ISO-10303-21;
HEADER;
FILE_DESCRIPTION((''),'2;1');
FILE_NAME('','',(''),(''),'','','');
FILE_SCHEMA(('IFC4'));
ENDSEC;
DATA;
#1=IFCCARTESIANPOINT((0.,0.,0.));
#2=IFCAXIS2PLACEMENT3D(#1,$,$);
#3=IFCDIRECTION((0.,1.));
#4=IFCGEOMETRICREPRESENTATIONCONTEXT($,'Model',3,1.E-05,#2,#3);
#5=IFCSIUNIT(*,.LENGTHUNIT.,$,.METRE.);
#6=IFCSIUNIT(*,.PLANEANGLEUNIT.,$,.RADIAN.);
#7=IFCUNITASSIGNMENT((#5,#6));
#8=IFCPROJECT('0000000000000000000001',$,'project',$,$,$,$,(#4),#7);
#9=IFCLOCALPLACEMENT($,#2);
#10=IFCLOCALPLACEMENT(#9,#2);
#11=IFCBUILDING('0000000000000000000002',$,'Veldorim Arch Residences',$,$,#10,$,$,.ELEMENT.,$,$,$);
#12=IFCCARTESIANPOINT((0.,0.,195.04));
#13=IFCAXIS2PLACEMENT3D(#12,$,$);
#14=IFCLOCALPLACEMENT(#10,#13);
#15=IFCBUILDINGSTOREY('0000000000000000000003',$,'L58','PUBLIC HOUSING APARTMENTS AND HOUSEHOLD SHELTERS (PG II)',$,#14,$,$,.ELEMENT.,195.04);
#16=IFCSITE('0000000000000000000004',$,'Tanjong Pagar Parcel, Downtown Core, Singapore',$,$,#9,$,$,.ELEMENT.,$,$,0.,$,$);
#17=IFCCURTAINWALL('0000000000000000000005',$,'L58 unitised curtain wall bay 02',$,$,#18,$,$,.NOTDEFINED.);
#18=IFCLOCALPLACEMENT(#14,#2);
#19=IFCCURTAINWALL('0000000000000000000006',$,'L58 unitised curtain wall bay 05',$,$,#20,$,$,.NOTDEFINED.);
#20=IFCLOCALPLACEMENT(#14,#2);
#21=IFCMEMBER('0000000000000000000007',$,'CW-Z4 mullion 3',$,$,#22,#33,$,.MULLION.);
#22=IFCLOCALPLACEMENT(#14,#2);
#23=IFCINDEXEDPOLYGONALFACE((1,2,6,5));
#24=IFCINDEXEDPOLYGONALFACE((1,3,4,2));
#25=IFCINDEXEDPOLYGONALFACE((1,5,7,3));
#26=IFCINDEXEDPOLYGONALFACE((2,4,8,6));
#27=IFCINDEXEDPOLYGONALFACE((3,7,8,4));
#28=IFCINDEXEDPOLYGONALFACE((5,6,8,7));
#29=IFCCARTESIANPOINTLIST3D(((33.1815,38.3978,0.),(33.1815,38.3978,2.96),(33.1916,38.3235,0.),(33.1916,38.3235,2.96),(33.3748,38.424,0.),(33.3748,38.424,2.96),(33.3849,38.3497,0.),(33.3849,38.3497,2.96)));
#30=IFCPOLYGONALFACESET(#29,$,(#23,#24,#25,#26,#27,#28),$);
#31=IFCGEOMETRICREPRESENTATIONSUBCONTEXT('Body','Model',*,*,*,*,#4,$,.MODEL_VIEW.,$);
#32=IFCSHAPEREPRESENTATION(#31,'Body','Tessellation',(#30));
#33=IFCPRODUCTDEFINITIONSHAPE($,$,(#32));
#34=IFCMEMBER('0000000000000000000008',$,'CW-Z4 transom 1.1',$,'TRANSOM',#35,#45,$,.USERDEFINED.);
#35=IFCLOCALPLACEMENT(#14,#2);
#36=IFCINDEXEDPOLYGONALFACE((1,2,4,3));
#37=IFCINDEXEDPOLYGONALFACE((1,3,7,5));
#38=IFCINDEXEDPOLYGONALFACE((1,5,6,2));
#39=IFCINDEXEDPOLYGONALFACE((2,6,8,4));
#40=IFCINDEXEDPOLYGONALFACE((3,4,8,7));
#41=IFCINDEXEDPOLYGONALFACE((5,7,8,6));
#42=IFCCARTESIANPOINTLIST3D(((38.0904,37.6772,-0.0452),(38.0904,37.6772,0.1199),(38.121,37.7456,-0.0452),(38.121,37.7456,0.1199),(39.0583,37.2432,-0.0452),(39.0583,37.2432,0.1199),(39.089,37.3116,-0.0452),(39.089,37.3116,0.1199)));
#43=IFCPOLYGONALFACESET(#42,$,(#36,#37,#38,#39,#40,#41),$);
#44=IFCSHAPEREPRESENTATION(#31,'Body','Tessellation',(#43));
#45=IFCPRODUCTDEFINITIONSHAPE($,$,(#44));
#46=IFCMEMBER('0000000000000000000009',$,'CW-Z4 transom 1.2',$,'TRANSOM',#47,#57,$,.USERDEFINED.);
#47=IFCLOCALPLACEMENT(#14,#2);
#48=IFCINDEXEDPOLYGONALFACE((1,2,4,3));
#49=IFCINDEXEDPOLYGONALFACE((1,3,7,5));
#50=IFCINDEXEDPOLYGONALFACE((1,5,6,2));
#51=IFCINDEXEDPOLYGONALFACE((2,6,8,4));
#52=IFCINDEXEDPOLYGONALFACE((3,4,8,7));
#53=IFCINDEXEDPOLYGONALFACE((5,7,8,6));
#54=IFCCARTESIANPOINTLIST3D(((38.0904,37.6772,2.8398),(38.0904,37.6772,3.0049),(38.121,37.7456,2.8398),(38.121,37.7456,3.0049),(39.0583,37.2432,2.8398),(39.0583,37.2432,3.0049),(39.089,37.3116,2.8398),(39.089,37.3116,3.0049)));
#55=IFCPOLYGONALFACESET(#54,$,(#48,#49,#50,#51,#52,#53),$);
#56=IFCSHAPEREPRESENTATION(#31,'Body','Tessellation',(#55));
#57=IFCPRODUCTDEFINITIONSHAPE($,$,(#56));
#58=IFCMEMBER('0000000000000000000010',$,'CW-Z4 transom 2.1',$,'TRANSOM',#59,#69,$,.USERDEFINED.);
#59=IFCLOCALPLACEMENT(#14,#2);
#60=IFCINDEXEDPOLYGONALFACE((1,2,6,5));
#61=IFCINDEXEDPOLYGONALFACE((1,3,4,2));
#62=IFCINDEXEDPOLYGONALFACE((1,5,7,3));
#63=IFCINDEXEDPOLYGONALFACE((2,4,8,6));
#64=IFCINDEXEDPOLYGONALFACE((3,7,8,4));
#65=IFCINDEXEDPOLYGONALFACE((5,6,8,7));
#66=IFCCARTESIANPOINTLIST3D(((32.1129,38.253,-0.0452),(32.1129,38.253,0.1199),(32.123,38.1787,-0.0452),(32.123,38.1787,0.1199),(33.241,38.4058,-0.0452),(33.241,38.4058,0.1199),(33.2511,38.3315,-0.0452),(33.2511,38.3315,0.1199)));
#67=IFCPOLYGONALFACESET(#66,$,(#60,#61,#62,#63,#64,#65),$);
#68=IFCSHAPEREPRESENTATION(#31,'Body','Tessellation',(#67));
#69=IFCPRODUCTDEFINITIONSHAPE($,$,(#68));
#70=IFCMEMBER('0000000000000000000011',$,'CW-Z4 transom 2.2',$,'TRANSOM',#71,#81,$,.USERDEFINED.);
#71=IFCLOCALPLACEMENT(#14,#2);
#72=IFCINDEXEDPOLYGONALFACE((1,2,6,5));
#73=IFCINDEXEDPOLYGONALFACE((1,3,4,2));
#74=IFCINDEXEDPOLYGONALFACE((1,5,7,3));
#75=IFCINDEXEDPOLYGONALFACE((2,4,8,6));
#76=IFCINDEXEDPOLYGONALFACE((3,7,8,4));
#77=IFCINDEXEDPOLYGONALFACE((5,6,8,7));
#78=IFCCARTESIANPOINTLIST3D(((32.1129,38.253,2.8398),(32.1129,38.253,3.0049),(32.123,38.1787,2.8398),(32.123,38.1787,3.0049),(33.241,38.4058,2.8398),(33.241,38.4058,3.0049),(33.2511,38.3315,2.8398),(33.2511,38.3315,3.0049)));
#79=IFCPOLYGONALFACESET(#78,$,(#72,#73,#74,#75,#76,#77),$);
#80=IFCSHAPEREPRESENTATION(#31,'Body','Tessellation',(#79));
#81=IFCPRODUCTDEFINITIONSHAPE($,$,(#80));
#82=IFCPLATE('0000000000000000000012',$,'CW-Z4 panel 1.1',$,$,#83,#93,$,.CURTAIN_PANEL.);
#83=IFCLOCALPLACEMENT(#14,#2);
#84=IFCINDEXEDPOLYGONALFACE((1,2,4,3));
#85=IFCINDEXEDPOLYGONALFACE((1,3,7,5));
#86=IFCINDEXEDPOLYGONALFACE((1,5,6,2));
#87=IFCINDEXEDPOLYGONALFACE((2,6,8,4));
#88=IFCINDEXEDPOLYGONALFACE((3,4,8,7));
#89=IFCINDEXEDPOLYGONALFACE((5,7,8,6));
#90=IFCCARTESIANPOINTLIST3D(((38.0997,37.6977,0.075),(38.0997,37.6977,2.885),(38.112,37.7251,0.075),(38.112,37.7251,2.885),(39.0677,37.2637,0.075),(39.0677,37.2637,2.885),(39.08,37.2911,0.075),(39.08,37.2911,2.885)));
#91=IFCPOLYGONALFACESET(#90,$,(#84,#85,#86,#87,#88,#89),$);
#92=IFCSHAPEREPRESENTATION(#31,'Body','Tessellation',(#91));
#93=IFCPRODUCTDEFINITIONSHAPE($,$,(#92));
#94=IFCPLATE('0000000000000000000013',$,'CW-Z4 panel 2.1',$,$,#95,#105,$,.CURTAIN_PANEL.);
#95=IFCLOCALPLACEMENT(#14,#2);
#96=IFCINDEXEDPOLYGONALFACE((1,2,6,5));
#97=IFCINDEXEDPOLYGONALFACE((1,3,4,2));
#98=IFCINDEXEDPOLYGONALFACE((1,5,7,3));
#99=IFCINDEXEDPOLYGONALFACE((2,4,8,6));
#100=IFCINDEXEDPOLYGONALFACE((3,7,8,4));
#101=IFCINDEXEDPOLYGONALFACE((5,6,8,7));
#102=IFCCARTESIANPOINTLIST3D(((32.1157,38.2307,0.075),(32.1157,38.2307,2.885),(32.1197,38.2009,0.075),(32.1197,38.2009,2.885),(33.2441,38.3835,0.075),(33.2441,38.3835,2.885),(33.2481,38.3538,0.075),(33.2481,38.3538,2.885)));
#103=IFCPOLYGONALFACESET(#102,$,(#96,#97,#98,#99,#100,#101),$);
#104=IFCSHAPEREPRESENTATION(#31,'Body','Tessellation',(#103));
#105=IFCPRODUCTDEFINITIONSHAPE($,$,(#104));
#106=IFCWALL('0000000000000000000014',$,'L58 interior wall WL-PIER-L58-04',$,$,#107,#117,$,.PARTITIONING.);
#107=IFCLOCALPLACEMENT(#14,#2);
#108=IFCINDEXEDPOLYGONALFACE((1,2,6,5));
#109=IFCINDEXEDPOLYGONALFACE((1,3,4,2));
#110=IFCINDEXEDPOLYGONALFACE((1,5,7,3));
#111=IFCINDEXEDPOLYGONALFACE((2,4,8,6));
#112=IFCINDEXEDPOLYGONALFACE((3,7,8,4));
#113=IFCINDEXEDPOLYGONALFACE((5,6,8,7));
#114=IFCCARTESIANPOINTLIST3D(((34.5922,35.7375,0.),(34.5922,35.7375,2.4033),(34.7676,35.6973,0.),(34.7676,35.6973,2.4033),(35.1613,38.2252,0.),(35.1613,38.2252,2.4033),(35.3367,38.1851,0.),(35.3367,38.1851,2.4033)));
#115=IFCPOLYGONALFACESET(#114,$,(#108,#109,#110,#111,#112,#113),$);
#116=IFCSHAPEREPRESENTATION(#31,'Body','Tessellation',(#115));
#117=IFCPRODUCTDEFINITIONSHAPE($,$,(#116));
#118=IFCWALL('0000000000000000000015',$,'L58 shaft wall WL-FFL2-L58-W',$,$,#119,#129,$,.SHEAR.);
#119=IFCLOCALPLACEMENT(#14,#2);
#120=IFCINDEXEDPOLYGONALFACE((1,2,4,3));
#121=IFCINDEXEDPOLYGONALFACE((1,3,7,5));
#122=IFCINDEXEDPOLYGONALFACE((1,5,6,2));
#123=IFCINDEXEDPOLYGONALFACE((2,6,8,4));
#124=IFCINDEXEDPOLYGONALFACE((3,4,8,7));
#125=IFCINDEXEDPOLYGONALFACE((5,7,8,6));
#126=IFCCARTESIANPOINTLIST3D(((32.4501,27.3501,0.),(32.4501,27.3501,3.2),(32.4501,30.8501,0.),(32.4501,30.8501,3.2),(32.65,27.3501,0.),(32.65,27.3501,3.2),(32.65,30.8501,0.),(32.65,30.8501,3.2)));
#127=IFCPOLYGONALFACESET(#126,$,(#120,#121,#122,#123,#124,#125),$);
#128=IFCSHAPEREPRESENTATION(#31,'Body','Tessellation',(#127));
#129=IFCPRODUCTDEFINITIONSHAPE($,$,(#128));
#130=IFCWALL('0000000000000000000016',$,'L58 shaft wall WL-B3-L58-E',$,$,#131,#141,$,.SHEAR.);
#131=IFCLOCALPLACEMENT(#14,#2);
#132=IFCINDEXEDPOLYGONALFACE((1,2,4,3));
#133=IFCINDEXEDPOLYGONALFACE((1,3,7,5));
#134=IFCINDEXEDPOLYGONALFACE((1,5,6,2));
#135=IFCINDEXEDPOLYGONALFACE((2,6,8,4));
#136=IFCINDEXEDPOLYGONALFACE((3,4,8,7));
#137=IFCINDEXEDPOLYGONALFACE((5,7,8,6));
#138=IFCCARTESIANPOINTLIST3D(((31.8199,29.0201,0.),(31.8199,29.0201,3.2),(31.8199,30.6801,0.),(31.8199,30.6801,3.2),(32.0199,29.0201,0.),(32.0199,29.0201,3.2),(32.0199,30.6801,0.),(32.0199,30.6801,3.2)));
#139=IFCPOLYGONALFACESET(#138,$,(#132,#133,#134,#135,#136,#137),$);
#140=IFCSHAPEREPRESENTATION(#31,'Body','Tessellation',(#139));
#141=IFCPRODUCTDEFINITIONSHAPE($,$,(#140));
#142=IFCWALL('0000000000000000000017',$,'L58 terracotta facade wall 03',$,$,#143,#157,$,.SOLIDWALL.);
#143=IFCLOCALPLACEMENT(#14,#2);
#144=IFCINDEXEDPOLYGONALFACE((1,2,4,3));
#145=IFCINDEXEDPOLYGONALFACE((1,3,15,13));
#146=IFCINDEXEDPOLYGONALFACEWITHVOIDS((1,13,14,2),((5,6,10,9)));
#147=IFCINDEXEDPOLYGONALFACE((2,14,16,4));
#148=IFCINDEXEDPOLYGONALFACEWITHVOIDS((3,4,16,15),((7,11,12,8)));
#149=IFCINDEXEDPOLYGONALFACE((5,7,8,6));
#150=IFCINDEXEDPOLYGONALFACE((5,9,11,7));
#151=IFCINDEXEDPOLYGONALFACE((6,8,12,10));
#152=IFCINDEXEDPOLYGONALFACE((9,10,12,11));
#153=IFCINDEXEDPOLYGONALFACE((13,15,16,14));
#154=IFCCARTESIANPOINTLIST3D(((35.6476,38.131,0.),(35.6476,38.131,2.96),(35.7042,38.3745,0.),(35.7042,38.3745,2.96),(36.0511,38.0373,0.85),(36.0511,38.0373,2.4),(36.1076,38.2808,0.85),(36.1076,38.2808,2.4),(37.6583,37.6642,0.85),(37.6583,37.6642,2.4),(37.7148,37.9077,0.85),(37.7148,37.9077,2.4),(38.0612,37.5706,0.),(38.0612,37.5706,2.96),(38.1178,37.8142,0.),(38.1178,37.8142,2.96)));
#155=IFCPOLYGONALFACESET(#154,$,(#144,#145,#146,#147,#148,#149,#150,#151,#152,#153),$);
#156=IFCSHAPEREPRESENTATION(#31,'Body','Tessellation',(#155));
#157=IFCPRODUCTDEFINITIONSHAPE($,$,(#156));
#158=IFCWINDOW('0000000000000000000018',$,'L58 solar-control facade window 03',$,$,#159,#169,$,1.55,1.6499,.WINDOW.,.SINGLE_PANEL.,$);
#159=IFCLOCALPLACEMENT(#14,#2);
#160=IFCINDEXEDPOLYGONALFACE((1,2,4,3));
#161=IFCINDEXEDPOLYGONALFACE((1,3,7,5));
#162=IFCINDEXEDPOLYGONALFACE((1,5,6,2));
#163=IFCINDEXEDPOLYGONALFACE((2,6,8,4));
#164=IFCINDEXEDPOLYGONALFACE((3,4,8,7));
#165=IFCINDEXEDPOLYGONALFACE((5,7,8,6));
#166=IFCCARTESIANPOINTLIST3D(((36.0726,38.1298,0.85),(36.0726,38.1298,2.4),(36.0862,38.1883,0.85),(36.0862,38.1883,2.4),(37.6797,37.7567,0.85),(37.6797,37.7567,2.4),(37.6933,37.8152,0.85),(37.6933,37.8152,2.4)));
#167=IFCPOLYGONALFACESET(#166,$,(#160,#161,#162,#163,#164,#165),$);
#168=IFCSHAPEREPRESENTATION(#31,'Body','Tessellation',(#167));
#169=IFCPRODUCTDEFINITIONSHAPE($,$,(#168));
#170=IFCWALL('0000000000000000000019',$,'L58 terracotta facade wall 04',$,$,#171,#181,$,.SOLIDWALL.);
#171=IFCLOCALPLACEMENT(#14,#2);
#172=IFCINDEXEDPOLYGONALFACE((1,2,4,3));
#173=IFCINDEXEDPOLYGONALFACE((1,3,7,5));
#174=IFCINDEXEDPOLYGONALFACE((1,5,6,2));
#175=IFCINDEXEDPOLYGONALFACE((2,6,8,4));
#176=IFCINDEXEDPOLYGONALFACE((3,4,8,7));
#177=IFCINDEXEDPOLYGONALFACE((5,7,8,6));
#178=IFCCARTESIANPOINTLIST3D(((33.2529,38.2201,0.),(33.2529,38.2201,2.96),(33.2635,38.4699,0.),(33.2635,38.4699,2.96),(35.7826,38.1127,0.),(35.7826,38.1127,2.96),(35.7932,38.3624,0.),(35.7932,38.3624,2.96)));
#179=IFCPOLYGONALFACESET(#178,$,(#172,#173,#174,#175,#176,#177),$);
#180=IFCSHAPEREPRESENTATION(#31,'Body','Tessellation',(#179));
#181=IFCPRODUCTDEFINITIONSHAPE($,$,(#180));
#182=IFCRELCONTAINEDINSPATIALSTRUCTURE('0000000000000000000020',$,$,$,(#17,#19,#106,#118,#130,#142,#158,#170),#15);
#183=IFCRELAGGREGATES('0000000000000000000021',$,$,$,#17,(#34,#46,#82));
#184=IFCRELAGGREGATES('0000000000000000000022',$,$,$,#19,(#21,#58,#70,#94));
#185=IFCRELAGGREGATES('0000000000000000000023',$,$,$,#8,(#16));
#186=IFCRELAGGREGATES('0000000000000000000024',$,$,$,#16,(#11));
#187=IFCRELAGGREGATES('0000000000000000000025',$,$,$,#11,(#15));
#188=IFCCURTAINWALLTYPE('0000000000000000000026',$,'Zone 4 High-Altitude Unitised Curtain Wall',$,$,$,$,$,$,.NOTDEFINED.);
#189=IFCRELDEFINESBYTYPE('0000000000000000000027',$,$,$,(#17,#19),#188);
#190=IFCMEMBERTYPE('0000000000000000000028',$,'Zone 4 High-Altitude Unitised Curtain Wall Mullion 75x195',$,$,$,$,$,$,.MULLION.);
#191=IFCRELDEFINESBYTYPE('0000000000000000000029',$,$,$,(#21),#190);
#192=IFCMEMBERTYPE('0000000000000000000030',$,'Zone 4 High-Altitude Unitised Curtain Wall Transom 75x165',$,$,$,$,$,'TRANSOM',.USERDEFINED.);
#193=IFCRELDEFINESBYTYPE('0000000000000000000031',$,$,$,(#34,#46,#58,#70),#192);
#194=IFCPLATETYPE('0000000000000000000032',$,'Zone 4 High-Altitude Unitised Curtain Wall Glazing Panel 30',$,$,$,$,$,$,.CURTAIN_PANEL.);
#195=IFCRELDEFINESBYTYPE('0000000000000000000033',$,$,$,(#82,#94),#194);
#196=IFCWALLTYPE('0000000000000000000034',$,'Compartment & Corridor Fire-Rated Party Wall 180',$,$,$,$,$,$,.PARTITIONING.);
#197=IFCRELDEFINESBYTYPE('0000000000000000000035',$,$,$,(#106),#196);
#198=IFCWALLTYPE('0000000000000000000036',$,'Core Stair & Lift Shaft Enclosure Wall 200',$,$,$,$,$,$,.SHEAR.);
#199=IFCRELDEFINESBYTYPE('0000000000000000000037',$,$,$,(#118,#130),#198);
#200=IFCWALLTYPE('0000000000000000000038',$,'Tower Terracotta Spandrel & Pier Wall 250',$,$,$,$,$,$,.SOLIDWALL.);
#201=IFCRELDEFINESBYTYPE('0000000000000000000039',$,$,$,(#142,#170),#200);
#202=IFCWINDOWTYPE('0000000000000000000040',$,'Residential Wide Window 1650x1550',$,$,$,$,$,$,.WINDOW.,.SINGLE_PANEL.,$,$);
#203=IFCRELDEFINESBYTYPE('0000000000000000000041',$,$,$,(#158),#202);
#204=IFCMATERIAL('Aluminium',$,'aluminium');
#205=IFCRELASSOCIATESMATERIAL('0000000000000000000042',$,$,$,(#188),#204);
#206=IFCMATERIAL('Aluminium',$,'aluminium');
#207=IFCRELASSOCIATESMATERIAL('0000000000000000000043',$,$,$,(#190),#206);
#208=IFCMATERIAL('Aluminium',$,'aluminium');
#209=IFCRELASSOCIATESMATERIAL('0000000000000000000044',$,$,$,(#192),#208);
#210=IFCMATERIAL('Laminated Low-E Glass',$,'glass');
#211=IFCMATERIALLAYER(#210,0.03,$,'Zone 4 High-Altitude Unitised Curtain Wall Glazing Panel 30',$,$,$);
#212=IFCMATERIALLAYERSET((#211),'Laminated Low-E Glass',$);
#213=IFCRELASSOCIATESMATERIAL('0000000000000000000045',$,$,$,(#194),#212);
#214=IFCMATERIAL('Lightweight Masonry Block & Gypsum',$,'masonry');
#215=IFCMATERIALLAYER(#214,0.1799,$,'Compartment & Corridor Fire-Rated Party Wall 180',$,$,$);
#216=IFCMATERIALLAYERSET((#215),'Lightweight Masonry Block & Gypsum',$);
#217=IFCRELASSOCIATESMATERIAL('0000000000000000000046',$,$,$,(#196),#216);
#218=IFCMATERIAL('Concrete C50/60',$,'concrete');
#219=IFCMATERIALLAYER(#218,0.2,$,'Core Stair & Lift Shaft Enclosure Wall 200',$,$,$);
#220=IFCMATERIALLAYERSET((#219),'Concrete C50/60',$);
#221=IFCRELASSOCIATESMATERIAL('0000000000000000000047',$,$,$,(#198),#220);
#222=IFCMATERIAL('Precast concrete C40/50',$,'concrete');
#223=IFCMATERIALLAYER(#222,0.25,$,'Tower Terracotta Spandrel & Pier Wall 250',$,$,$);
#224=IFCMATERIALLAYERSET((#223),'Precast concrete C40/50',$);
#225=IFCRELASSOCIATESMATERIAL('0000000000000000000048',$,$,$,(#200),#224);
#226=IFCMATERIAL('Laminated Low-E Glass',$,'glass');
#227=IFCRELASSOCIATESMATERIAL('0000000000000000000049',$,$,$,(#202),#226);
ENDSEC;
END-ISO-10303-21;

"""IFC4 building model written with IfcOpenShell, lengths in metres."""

from ifc_helpers import new_model, si_unit, direction, frame, frame_2d, origin, origin_2d, place, context, subcontext, project, spatial, rectangle, extrude, material, layer, layer_set, material_profile, profile_set, type_object, element, fill, aggregate, save


model = new_model("IFC4")

# Units and contexts
model_context = context("Model", 3, precision=1e-05, world=origin(), true_north=direction((0.0, 1.0)))
body_context = subcontext(model_context, "Body", "Model", "MODEL_VIEW")
ifc_project = project(units=[si_unit("LENGTHUNIT", "METRE"), si_unit("PLANEANGLEUNIT", "RADIAN")], contexts=[model_context])

# Site, building, storey
site_placement = place(None, origin())
site = spatial("IfcSite", under=ifc_project, at=site_placement, Name="Tanjong Pagar Parcel, Downtown Core, Singapore", CompositionType="ELEMENT", RefElevation=0.0)
building_placement = place(site_placement, origin())
building = spatial("IfcBuilding", under=site, at=building_placement, Name="Veldorim Arch Residences", CompositionType="ELEMENT")
storey_placement = place(building_placement, frame((0.0, 0.0, 195.04)))
storey = spatial("IfcBuildingStorey", under=building, at=storey_placement, Name="L58", Description="PUBLIC HOUSING APARTMENTS AND HOUSEHOLD SHELTERS (PG II)", CompositionType="ELEMENT", Elevation=195.04)

# Curtain wall
ifc_material_1 = material(Name="Aluminium", Category="aluminium")
curtain_wall_type = type_object("IfcCurtainWallType", Name="Zone 4 High-Altitude Unitised Curtain Wall", PredefinedType="NOTDEFINED", material=ifc_material_1)
curtain_wall_1_placement = place(storey_placement, origin())
curtain_wall_1 = element("IfcCurtainWall", 1, at=curtain_wall_1_placement, inside=storey, type_object=curtain_wall_type, Name="L58 unitised curtain wall bay 02", PredefinedType="NOTDEFINED")
ifc_material_2 = material(Name="Aluminium", Category="aluminium")
ifc_material_profile_1 = material_profile(ifc_material_2, rectangle(XDim=0.075, YDim=0.1951, at=origin_2d()), Name="ALU_MUL_75x195")
ifc_profile_set_1 = profile_set([ifc_material_profile_1], Name="Aluminium")
member_type_1 = type_object("IfcMemberType", Name="Zone 4 High-Altitude Unitised Curtain Wall Mullion 75x195", PredefinedType="MULLION", material=ifc_profile_set_1)

# Curtain wall, member
curtain_wall_2_placement = place(storey_placement, origin())
curtain_wall_2 = element("IfcCurtainWall", 2, at=curtain_wall_2_placement, inside=storey, type_object=curtain_wall_type, Name="L58 unitised curtain wall bay 05", PredefinedType="NOTDEFINED")
member_1_placement = place(storey_placement, frame((33.2832, 38.3738, 0.0), z_axis=(0.0, 0.0, 1.0), x_axis=(-0.134245, 0.990948, 0.0)))
member_1 = element("IfcMember", 3, at=member_1_placement, type_object=member_type_1, Name="CW-Z4 mullion 3", PredefinedType="MULLION", context=body_context, shape_type="SweptSolid", body=[
    extrude(rectangle(XDim=0.075, YDim=0.1951, at=origin_2d()), origin(), (0.0, 0.0, 1.0), 2.96),
])

# Members
ifc_material_3 = material(Name="Aluminium", Category="aluminium")
ifc_material_profile_2 = material_profile(ifc_material_3, rectangle(XDim=0.075, YDim=0.165, at=origin_2d()), Name="ALU_TRN_75x165")
ifc_profile_set_2 = profile_set([ifc_material_profile_2], Name="Aluminium")
member_type_2 = type_object("IfcMemberType", Name="Zone 4 High-Altitude Unitised Curtain Wall Transom 75x165", ElementType="TRANSOM", PredefinedType="USERDEFINED", material=ifc_profile_set_2)
member_2_placement = place(storey_placement, frame((38.1057, 37.7114, 0.0374), z_axis=(0.912459, -0.409168, 0.0), x_axis=(0.409168, 0.912459, 0.0)))
member_2 = element("IfcMember", 4, at=member_2_placement, type_object=member_type_2, Name="CW-Z4 transom 1.1", ObjectType="TRANSOM", PredefinedType="USERDEFINED", context=body_context, shape_type="SweptSolid", body=[
    extrude(rectangle(XDim=0.075, YDim=0.165, at=origin_2d()), origin(), (0.0, 0.0, 1.0), 1.0608),
])
member_3_placement = place(storey_placement, frame((38.1057, 37.7114, 2.9224), z_axis=(0.912459, -0.409168, 0.0), x_axis=(0.409168, 0.912459, 0.0)))
member_3 = element("IfcMember", 5, at=member_3_placement, type_object=member_type_2, Name="CW-Z4 transom 1.2", ObjectType="TRANSOM", PredefinedType="USERDEFINED", context=body_context, shape_type="SweptSolid", body=[
    extrude(rectangle(XDim=0.075, YDim=0.165, at=origin_2d()), origin(), (0.0, 0.0, 1.0), 1.0608),
])
member_4_placement = place(storey_placement, frame((32.1179, 38.2158, 0.0374), z_axis=(0.990949, 0.134242, 0.0), x_axis=(-0.134242, 0.990949, 0.0)))
member_4 = element("IfcMember", 6, at=member_4_placement, type_object=member_type_2, Name="CW-Z4 transom 2.1", ObjectType="TRANSOM", PredefinedType="USERDEFINED", context=body_context, shape_type="SweptSolid", body=[
    extrude(rectangle(XDim=0.075, YDim=0.165, at=origin_2d()), origin(), (0.0, 0.0, 1.0), 1.1384),
])
member_5_placement = place(storey_placement, frame((32.1179, 38.2158, 2.9224), z_axis=(0.990949, 0.134242, 0.0), x_axis=(-0.134242, 0.990949, 0.0)))
member_5 = element("IfcMember", 7, at=member_5_placement, type_object=member_type_2, Name="CW-Z4 transom 2.2", ObjectType="TRANSOM", PredefinedType="USERDEFINED", context=body_context, shape_type="SweptSolid", body=[
    extrude(rectangle(XDim=0.075, YDim=0.165, at=origin_2d()), origin(), (0.0, 0.0, 1.0), 1.1384),
])

# Plates
ifc_material_4 = material(Name="Laminated Low-E Glass", Category="glass")
ifc_layer_1 = layer(ifc_material_4, 0.03, Name="Zone 4 High-Altitude Unitised Curtain Wall Glazing Panel 30")
ifc_layer_set_1 = layer_set([ifc_layer_1], Name="Laminated Low-E Glass")
plate_type = type_object("IfcPlateType", Name="Zone 4 High-Altitude Unitised Curtain Wall Glazing Panel 30", PredefinedType="CURTAIN_PANEL", material=ifc_layer_set_1)
plate_1_placement = place(storey_placement, frame((38.5898, 37.4944, 0.075), z_axis=(0.0, 0.0, 1.0), x_axis=(0.912468, -0.409149, 0.0)))
plate_1 = element("IfcPlate", 8, at=plate_1_placement, type_object=plate_type, Name="CW-Z4 panel 1.1", PredefinedType="CURTAIN_PANEL", context=body_context, shape_type="SweptSolid", body=[
    extrude(rectangle(XDim=1.0608, YDim=0.03, at=origin_2d()), origin(), (0.0, 0.0, 1.0), 2.8101),
])
aggregate(curtain_wall_1, [member_2, member_3, plate_1])
plate_2_placement = place(storey_placement, frame((32.6819, 38.2922, 0.075), z_axis=(0.0, 0.0, 1.0), x_axis=(0.990948, 0.134245, 0.0)))
plate_2 = element("IfcPlate", 9, at=plate_2_placement, type_object=plate_type, Name="CW-Z4 panel 2.1", PredefinedType="CURTAIN_PANEL", context=body_context, shape_type="SweptSolid", body=[
    extrude(rectangle(XDim=1.1387, YDim=0.03, at=origin_2d()), origin(), (0.0, 0.0, 1.0), 2.8101),
])
aggregate(curtain_wall_2, [member_1, member_4, member_5, plate_2])

# Wall
ifc_material_5 = material(Name="Lightweight Masonry Block & Gypsum", Category="masonry")
ifc_layer_2 = layer(ifc_material_5, 0.1799, Name="Compartment & Corridor Fire-Rated Party Wall 180")
ifc_layer_set_2 = layer_set([ifc_layer_2], Name="Lightweight Masonry Block & Gypsum")
wall_type_1 = type_object("IfcWallType", Name="Compartment & Corridor Fire-Rated Party Wall 180", PredefinedType="PARTITIONING", material=ifc_layer_set_2)
wall_1_placement = place(storey_placement, frame((34.6799, 35.7175, 0.0), z_axis=(0.0, 0.0, 1.0), x_axis=(0.222994, 0.97482, 0.0)))
element("IfcWall", 10, at=wall_1_placement, inside=storey, type_object=wall_type_1, Name="L58 interior wall WL-PIER-L58-04", PredefinedType="PARTITIONING", context=body_context, shape_type="SweptSolid", body=[
    extrude(rectangle(XDim=2.552, YDim=0.1799, at=frame_2d((1.2759, 0.0))), origin(), (0.0, 0.0, 1.0), 2.4033),
])

# Shared definitions
ifc_material_6 = material(Name="Concrete C50/60", Category="concrete")
ifc_layer_3 = layer(ifc_material_6, 0.2, Name="Core Stair & Lift Shaft Enclosure Wall 200")
ifc_layer_set_3 = layer_set([ifc_layer_3], Name="Concrete C50/60")
wall_type_2 = type_object("IfcWallType", Name="Core Stair & Lift Shaft Enclosure Wall 200", PredefinedType="SHEAR", material=ifc_layer_set_3)

# Walls
wall_2_placement = place(storey_placement, frame((32.55, 27.3501, 0.0), z_axis=(0.0, 0.0, 1.0), x_axis=(0.0, 1.0, 0.0)))
element("IfcWall", 11, at=wall_2_placement, inside=storey, type_object=wall_type_2, Name="L58 shaft wall WL-FFL2-L58-W", PredefinedType="SHEAR", context=body_context, shape_type="SweptSolid", body=[
    extrude(rectangle(XDim=3.5, YDim=0.2, at=frame_2d((1.75, 0.0))), origin(), (0.0, 0.0, 1.0), 3.2),
])
wall_3_placement = place(storey_placement, frame((31.9199, 29.02, 0.0), z_axis=(0.0, 0.0, 1.0), x_axis=(0.0, 1.0, 0.0)))
element("IfcWall", 12, at=wall_3_placement, inside=storey, type_object=wall_type_2, Name="L58 shaft wall WL-B3-L58-E", PredefinedType="SHEAR", context=body_context, shape_type="SweptSolid", body=[
    extrude(rectangle(XDim=1.6599, YDim=0.2, at=frame_2d((0.8301, 0.0))), origin(), (0.0, 0.0, 1.0), 3.2),
])

# Wall, opening, window
ifc_material_7 = material(Name="Precast concrete C40/50", Category="concrete")
ifc_layer_4 = layer(ifc_material_7, 0.25, Name="Tower Terracotta Spandrel & Pier Wall 250")
ifc_layer_set_4 = layer_set([ifc_layer_4], Name="Precast concrete C40/50")
wall_type_3 = type_object("IfcWallType", Name="Tower Terracotta Spandrel & Pier Wall 250", PredefinedType="SOLIDWALL", material=ifc_layer_set_4)
wall_4_placement = place(storey_placement, frame((35.676, 38.2527, 0.0), z_axis=(0.0, 0.0, 1.0), x_axis=(0.974096, -0.226133, 0.0)))
wall_4 = element("IfcWall", 13, at=wall_4_placement, inside=storey, type_object=wall_type_3, Name="L58 terracotta facade wall 03", PredefinedType="SOLIDWALL", context=body_context, shape_type="SweptSolid", body=[
    extrude(rectangle(XDim=2.4778, YDim=0.25, at=frame_2d((1.2388, 0.0))), origin(), (0.0, 0.0, 1.0), 2.96),
])
opening_1_placement = place(wall_4_placement, frame((0.4141, 0.0, 0.8501)))
opening_1 = element("IfcOpeningElement", 14, at=opening_1_placement, cuts=wall_4, PredefinedType="OPENING", context=body_context, shape_type="SweptSolid", body=[
    extrude(rectangle(XDim=1.6499, YDim=1.55, at=frame_2d((0.825, 0.7749))), frame((0.0, 0.135, 0.0), z_axis=(0.0, -1.0, 0.0), x_axis=(1.0, 0.0, 0.0)), (0.0, 0.0, 1.0), 0.27),
])
ifc_material_8 = material(Name="Laminated Low-E Glass", Category="glass")
window_type = type_object("IfcWindowType", Name="Residential Wide Window 1650x1550", PartitioningType="SINGLE_PANEL", PredefinedType="WINDOW", material=ifc_material_8)
window_placement = place(opening_1_placement, origin())
window = element("IfcWindow", 15, at=window_placement, inside=storey, type_object=window_type, Name="L58 solar-control facade window 03", OverallHeight=1.55, OverallWidth=1.6499, PartitioningType="SINGLE_PANEL", PredefinedType="WINDOW", context=body_context, shape_type="SweptSolid", body=[
    extrude(rectangle(XDim=1.6499, YDim=1.55, at=frame_2d((0.825, 0.7749))), frame((0.0, 0.03, 0.0), z_axis=(0.0, -1.0, 0.0), x_axis=(1.0, 0.0, 0.0)), (0.0, 0.0, 1.0), 0.0601),
])
fill(opening_1, window)

# Wall
wall_5_placement = place(storey_placement, frame((33.2581, 38.345, 0.0), z_axis=(0.0, 0.0, 1.0), x_axis=(0.9991, -0.042425, 0.0)))
element("IfcWall", 16, at=wall_5_placement, inside=storey, type_object=wall_type_3, Name="L58 terracotta facade wall 04", PredefinedType="SOLIDWALL", context=body_context, shape_type="SweptSolid", body=[
    extrude(rectangle(XDim=2.532, YDim=0.25, at=frame_2d((1.2661, 0.0))), origin(), (0.0, 0.0, 1.0), 2.96),
])

save(model, "model.ifc")
